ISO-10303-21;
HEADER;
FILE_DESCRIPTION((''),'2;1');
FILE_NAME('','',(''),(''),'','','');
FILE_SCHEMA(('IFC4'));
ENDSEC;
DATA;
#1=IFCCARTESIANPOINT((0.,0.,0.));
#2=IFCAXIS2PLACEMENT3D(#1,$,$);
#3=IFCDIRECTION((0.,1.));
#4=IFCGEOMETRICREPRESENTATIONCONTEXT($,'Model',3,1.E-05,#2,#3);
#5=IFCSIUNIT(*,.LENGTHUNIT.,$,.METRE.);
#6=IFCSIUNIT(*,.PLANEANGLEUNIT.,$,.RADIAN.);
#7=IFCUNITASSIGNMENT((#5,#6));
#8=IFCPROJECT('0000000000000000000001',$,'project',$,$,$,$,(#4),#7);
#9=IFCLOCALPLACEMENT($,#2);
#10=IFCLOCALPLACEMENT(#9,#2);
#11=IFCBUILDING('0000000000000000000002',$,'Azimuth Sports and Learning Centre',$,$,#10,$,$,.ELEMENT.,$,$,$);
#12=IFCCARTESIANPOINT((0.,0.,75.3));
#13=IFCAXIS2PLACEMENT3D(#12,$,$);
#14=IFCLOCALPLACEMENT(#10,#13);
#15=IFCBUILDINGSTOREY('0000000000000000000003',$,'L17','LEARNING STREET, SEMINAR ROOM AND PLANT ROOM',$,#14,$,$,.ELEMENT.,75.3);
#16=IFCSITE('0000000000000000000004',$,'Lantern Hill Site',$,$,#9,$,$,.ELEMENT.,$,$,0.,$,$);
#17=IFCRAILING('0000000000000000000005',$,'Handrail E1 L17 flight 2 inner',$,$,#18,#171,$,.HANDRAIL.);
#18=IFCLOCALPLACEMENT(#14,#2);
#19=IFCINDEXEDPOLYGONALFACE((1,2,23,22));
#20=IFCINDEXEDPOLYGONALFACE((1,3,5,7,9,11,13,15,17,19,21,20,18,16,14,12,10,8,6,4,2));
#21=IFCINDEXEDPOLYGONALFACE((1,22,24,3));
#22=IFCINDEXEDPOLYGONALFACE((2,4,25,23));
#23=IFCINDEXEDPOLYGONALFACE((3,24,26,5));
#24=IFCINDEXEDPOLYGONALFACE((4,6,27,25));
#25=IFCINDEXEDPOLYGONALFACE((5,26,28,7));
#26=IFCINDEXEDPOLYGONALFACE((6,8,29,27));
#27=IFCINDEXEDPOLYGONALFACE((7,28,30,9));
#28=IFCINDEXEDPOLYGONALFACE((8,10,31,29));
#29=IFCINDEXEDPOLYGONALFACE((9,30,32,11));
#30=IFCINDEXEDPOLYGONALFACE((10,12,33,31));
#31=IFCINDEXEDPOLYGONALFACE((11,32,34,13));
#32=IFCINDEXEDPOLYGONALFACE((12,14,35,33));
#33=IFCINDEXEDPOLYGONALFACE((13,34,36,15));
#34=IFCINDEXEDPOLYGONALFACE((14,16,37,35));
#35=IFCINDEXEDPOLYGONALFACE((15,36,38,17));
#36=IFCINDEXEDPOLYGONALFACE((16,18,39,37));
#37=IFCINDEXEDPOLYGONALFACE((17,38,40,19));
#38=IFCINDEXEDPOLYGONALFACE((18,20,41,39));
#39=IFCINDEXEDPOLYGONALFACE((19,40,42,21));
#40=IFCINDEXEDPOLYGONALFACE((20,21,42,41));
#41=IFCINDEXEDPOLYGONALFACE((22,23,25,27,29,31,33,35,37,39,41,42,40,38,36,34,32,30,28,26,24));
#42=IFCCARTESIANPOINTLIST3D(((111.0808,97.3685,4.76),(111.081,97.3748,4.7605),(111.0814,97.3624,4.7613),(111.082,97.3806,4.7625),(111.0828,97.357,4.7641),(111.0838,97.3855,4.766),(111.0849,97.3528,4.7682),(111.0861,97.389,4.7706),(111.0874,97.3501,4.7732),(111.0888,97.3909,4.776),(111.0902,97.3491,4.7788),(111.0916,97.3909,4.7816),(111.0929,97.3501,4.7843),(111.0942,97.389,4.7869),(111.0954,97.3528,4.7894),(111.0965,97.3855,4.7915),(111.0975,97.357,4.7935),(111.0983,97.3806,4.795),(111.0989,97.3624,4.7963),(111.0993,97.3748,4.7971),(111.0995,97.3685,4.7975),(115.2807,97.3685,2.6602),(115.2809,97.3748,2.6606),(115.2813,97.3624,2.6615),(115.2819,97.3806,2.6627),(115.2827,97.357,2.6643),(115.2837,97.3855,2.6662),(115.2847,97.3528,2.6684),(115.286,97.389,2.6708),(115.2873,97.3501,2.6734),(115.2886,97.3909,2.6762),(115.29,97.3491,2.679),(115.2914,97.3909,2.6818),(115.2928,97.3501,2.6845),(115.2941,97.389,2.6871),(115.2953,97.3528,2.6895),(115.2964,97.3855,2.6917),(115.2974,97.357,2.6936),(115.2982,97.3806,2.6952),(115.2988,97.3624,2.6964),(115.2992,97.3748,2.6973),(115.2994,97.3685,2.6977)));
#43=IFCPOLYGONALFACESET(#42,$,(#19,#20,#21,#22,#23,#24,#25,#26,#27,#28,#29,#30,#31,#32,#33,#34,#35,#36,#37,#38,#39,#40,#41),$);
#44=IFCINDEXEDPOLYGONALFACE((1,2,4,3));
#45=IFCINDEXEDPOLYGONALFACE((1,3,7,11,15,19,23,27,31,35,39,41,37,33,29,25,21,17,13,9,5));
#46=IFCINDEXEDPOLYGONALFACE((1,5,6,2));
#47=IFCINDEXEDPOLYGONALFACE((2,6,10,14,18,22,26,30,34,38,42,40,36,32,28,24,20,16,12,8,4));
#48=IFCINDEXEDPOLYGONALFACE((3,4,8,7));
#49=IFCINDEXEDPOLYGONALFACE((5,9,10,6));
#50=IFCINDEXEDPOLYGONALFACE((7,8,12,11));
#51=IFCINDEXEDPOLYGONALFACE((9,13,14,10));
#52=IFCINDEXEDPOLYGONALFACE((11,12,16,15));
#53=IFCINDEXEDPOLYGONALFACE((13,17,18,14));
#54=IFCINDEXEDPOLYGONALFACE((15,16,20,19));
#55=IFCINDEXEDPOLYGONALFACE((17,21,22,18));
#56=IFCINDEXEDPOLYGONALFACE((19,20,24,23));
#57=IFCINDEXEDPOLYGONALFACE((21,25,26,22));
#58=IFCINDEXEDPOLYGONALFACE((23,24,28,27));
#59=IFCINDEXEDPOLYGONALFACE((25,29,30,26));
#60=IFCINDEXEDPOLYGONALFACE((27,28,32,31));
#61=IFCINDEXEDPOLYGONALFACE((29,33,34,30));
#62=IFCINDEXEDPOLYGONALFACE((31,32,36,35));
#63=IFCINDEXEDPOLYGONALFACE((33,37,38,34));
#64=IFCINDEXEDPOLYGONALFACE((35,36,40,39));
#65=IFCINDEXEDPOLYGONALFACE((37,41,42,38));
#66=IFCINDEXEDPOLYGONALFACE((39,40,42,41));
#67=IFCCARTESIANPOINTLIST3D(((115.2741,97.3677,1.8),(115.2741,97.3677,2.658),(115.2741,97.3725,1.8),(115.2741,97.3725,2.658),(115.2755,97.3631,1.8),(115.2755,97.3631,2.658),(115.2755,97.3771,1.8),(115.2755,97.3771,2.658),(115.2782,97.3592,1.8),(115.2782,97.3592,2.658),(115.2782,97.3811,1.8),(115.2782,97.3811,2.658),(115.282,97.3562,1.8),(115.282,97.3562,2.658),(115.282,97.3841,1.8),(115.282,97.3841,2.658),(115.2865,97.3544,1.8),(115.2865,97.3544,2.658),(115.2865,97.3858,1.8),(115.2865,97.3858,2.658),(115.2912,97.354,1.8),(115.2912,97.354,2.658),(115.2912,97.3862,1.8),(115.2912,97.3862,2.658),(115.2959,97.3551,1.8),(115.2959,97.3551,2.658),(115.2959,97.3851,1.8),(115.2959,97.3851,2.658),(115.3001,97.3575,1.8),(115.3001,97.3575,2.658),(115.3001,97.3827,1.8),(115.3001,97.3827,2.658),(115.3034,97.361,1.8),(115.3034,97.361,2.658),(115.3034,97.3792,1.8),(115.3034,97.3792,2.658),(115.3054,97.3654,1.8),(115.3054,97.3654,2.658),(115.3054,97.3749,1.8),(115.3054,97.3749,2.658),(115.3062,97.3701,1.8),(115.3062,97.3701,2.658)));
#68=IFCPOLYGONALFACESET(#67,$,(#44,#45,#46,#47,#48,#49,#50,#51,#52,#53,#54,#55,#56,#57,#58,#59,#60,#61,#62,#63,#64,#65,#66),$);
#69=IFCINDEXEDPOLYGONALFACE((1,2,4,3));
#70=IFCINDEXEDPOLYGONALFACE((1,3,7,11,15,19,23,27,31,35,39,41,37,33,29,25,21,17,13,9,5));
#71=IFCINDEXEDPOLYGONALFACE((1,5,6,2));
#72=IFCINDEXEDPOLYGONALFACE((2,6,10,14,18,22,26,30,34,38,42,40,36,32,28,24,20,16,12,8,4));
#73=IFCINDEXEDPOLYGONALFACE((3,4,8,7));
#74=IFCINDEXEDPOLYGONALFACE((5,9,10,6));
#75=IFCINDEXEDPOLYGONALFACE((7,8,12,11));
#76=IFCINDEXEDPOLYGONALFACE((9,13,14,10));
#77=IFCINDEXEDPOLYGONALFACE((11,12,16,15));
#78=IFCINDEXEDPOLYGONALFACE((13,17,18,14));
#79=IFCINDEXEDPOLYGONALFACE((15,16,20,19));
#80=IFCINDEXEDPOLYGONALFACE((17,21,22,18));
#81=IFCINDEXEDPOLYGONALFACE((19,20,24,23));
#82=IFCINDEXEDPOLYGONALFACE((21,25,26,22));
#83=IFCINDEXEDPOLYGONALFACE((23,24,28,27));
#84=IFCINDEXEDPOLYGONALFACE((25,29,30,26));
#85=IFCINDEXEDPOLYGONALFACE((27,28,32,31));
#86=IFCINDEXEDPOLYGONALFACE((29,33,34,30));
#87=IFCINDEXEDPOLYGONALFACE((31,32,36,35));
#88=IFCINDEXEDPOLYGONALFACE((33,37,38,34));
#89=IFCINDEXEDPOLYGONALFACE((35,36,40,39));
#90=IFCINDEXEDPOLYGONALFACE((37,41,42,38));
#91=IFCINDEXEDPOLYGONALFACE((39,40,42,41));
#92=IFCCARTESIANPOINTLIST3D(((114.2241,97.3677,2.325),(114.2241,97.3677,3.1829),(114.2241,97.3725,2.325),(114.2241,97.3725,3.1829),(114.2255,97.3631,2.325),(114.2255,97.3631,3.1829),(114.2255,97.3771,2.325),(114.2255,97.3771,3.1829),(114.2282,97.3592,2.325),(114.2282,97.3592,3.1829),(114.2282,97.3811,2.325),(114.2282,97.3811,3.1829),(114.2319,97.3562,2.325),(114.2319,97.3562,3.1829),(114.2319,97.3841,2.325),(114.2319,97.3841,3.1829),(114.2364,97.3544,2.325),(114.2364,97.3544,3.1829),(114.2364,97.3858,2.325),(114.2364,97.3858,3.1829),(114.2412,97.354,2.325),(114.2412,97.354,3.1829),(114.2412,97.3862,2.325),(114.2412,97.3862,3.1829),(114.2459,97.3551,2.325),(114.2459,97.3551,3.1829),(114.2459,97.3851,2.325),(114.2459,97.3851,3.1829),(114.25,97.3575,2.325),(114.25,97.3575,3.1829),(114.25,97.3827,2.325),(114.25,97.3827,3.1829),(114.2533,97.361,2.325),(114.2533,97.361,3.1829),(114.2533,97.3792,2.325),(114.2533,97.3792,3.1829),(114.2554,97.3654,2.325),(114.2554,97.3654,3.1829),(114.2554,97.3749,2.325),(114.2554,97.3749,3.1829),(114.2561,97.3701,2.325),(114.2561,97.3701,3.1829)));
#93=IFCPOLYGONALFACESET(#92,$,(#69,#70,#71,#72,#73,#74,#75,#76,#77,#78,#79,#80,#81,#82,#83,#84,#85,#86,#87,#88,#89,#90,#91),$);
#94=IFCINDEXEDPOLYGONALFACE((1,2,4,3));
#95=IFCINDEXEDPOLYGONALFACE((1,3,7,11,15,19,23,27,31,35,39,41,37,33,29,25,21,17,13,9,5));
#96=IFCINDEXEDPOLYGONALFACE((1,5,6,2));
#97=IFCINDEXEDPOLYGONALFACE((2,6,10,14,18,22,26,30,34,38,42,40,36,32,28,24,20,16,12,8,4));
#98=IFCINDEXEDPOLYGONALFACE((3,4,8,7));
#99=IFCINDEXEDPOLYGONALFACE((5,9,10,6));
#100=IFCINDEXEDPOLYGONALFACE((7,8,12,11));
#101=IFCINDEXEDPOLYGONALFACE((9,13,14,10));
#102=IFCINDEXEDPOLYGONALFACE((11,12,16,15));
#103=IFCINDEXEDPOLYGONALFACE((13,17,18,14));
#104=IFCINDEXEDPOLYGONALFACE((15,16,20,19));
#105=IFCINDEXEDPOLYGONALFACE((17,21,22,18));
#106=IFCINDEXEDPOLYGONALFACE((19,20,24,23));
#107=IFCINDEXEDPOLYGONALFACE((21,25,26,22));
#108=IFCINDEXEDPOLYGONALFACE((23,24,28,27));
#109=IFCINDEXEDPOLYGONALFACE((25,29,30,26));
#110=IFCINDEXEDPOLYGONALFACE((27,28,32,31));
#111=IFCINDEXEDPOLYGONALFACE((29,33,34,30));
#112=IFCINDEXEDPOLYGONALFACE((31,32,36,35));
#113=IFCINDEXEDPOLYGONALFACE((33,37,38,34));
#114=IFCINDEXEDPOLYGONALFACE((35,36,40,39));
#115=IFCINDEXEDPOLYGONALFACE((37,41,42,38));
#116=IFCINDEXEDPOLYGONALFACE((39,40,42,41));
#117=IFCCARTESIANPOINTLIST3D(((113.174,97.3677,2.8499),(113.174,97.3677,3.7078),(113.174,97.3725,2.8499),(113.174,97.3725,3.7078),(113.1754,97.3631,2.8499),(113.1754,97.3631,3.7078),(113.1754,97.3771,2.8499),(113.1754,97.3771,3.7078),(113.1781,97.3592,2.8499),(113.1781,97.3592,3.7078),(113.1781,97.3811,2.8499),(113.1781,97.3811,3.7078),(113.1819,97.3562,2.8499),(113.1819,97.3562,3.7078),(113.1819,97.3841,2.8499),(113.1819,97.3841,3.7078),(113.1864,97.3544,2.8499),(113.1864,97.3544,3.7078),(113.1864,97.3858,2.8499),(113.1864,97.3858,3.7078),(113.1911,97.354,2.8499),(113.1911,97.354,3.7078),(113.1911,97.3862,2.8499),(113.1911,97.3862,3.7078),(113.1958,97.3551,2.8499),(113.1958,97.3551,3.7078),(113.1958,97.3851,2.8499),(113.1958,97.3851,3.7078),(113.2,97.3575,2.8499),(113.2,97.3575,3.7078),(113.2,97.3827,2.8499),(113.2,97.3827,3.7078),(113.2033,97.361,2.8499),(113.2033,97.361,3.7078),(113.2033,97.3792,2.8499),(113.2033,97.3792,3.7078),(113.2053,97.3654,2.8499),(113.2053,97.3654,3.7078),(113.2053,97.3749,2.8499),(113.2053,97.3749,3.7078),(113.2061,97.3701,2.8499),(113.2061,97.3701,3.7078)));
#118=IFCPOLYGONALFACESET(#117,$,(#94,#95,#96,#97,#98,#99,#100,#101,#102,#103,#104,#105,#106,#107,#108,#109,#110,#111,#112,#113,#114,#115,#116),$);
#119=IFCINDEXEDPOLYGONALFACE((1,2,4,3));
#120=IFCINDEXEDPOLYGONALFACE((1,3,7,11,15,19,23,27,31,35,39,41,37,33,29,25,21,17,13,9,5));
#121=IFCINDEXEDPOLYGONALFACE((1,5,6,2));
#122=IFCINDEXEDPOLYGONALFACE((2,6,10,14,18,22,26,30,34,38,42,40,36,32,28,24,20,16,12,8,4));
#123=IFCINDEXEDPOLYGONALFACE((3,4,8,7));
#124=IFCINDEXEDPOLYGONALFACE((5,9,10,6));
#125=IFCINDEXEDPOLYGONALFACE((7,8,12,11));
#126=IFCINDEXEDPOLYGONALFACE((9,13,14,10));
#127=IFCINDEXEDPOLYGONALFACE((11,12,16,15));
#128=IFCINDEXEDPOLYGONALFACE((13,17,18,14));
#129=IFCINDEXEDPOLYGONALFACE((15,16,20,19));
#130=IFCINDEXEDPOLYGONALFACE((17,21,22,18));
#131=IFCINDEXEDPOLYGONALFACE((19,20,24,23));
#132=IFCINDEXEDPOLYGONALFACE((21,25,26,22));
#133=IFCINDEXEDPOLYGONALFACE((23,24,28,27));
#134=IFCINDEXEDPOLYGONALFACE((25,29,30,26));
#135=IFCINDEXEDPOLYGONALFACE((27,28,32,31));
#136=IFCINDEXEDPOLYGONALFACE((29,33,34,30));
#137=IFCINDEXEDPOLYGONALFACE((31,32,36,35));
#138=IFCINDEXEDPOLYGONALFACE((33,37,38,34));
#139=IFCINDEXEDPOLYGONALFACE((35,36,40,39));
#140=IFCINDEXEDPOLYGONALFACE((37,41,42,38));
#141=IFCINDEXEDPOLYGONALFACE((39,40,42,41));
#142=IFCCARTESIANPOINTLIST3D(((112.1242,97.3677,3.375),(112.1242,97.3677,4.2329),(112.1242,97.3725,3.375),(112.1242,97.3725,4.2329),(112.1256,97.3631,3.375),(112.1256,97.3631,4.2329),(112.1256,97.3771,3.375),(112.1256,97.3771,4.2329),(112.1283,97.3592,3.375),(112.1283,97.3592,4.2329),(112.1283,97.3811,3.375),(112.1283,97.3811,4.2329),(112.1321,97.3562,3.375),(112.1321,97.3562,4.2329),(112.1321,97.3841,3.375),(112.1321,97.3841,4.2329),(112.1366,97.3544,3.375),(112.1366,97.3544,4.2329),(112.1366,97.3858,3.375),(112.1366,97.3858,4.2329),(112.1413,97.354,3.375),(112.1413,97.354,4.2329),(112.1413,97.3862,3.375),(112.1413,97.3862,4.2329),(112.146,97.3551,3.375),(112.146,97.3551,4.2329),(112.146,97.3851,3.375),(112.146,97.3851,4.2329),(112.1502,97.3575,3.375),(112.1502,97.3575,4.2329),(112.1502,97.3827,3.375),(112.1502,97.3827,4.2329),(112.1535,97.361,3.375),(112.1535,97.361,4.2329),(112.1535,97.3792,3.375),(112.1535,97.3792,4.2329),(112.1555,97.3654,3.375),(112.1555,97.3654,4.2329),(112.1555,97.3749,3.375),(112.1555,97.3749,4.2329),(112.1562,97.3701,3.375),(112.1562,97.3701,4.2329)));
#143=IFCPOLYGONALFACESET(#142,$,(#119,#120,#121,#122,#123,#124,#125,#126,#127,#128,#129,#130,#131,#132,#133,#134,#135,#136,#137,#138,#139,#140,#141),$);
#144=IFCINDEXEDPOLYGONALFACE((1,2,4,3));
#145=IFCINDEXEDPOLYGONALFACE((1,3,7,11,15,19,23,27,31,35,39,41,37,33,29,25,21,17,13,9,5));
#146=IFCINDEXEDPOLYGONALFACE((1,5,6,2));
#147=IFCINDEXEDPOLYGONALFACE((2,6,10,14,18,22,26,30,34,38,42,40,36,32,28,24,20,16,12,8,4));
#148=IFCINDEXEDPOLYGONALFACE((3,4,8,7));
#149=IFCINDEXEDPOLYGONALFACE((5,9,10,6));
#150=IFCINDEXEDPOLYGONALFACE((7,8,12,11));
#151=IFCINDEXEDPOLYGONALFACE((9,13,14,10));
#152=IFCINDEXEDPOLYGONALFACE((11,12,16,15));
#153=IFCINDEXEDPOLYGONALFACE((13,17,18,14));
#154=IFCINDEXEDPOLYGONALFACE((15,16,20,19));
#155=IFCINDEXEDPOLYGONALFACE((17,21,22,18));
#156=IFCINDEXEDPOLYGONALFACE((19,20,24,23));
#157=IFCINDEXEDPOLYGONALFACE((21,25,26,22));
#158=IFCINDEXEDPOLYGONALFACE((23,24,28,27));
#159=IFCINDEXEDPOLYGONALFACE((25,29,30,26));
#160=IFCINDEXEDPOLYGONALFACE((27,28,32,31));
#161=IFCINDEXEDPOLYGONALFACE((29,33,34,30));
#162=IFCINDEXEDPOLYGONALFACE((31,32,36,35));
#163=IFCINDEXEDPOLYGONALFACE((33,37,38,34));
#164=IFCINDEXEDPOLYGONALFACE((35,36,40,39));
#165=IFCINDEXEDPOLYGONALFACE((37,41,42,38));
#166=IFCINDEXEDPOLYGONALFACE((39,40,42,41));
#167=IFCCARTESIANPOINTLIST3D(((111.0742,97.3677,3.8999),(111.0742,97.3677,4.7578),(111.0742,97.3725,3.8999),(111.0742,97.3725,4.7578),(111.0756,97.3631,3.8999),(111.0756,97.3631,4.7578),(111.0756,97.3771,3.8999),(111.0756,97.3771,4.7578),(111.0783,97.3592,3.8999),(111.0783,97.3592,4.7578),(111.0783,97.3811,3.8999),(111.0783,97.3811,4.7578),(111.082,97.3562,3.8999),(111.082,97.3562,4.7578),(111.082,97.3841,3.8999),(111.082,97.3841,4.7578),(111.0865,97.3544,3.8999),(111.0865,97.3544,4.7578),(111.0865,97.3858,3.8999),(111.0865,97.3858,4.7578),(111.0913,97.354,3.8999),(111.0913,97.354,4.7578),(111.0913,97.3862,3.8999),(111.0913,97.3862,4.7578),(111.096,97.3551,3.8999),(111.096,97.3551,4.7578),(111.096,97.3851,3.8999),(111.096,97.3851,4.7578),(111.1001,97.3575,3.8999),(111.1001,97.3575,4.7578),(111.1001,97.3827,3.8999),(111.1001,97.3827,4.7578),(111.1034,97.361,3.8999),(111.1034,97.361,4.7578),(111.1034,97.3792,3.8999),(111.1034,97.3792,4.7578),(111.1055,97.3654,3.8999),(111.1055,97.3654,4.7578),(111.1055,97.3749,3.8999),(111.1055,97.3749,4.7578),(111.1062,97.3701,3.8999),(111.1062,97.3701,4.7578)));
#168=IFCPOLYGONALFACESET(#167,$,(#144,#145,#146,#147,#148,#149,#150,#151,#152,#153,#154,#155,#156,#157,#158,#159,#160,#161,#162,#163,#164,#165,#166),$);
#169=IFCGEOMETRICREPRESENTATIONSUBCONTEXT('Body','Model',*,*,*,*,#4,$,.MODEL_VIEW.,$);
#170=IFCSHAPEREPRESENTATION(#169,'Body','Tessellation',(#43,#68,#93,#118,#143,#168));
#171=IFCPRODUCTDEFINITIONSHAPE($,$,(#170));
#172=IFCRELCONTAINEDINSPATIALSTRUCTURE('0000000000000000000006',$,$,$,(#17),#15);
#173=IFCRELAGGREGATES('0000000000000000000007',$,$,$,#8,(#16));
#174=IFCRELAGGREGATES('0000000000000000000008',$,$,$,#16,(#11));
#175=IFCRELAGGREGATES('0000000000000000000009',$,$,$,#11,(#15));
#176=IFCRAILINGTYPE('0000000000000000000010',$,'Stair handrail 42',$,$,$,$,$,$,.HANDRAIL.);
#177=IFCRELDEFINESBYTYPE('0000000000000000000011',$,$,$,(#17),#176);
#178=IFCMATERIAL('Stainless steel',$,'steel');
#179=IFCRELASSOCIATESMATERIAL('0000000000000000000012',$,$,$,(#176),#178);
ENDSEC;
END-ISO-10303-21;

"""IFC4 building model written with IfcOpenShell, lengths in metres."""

from ifc_helpers import new_model, si_unit, direction, frame, origin, origin_2d, place, context, subcontext, project, spatial, circle, extrude, material, type_object, element, save


model = new_model("IFC4")

# Units and contexts
model_context = context("Model", 3, precision=1e-05, world=origin(), true_north=direction((0.0, 1.0)))
body_context = subcontext(model_context, "Body", "Model", "MODEL_VIEW")
ifc_project = project(units=[si_unit("LENGTHUNIT", "METRE"), si_unit("PLANEANGLEUNIT", "RADIAN")], contexts=[model_context])

# Site, building, storey
site_placement = place(None, origin())
site = spatial("IfcSite", under=ifc_project, at=site_placement, Name="Lantern Hill Site", CompositionType="ELEMENT", RefElevation=0.0)
building_placement = place(site_placement, origin())
building = spatial("IfcBuilding", under=site, at=building_placement, Name="Azimuth Sports and Learning Centre", CompositionType="ELEMENT")
storey_placement = place(building_placement, frame((0.0, 0.0, 75.3)))
storey = spatial("IfcBuildingStorey", under=building, at=storey_placement, Name="L17", Description="LEARNING STREET, SEMINAR ROOM AND PLANT ROOM", CompositionType="ELEMENT", Elevation=75.3)

# Railing
ifc_material_1 = material(Name="Stainless steel", Category="steel")
railing_type_1 = type_object("IfcRailingType", Name="Stair handrail 42", PredefinedType="HANDRAIL", material=ifc_material_1)
for number, where, name in (
    (1, (115.29, 97.3701, 1.8), "Handrail E1 L17 flight 2 inner"),
):
    element("IfcRailing", number, at=place(storey_placement, frame(where)), inside=storey, type_object=railing_type_1, Name=name, PredefinedType="HANDRAIL", context=body_context, shape_type="SweptSolid", body=[
        extrude(circle(Radius=0.021, at=origin_2d()), frame((0.0, 0.0, 0.8789), z_axis=(-0.894438, 0.0, 0.447193), x_axis=(0.0, -1.0, 0.0)), (0.0, 0.0, 1.0), 4.6956),
        extrude(circle(Radius=0.0161, at=origin_2d()), origin(), (0.0, 0.0, 1.0), 0.8579),
        extrude(circle(Radius=0.0161, at=origin_2d()), frame((-1.05, 0.0, 0.5249)), (0.0, 0.0, 1.0), 0.8579),
        extrude(circle(Radius=0.0161, at=origin_2d()), frame((-2.1001, 0.0, 1.0498)), (0.0, 0.0, 1.0), 0.8579),
        extrude(circle(Radius=0.0161, at=origin_2d()), frame((-3.1499, 0.0, 1.575)), (0.0, 0.0, 1.0), 0.8579),
        extrude(circle(Radius=0.0161, at=origin_2d()), frame((-4.2, 0.0, 2.0999)), (0.0, 0.0, 1.0), 0.8579),
    ])

save(model, "model.ifc")
